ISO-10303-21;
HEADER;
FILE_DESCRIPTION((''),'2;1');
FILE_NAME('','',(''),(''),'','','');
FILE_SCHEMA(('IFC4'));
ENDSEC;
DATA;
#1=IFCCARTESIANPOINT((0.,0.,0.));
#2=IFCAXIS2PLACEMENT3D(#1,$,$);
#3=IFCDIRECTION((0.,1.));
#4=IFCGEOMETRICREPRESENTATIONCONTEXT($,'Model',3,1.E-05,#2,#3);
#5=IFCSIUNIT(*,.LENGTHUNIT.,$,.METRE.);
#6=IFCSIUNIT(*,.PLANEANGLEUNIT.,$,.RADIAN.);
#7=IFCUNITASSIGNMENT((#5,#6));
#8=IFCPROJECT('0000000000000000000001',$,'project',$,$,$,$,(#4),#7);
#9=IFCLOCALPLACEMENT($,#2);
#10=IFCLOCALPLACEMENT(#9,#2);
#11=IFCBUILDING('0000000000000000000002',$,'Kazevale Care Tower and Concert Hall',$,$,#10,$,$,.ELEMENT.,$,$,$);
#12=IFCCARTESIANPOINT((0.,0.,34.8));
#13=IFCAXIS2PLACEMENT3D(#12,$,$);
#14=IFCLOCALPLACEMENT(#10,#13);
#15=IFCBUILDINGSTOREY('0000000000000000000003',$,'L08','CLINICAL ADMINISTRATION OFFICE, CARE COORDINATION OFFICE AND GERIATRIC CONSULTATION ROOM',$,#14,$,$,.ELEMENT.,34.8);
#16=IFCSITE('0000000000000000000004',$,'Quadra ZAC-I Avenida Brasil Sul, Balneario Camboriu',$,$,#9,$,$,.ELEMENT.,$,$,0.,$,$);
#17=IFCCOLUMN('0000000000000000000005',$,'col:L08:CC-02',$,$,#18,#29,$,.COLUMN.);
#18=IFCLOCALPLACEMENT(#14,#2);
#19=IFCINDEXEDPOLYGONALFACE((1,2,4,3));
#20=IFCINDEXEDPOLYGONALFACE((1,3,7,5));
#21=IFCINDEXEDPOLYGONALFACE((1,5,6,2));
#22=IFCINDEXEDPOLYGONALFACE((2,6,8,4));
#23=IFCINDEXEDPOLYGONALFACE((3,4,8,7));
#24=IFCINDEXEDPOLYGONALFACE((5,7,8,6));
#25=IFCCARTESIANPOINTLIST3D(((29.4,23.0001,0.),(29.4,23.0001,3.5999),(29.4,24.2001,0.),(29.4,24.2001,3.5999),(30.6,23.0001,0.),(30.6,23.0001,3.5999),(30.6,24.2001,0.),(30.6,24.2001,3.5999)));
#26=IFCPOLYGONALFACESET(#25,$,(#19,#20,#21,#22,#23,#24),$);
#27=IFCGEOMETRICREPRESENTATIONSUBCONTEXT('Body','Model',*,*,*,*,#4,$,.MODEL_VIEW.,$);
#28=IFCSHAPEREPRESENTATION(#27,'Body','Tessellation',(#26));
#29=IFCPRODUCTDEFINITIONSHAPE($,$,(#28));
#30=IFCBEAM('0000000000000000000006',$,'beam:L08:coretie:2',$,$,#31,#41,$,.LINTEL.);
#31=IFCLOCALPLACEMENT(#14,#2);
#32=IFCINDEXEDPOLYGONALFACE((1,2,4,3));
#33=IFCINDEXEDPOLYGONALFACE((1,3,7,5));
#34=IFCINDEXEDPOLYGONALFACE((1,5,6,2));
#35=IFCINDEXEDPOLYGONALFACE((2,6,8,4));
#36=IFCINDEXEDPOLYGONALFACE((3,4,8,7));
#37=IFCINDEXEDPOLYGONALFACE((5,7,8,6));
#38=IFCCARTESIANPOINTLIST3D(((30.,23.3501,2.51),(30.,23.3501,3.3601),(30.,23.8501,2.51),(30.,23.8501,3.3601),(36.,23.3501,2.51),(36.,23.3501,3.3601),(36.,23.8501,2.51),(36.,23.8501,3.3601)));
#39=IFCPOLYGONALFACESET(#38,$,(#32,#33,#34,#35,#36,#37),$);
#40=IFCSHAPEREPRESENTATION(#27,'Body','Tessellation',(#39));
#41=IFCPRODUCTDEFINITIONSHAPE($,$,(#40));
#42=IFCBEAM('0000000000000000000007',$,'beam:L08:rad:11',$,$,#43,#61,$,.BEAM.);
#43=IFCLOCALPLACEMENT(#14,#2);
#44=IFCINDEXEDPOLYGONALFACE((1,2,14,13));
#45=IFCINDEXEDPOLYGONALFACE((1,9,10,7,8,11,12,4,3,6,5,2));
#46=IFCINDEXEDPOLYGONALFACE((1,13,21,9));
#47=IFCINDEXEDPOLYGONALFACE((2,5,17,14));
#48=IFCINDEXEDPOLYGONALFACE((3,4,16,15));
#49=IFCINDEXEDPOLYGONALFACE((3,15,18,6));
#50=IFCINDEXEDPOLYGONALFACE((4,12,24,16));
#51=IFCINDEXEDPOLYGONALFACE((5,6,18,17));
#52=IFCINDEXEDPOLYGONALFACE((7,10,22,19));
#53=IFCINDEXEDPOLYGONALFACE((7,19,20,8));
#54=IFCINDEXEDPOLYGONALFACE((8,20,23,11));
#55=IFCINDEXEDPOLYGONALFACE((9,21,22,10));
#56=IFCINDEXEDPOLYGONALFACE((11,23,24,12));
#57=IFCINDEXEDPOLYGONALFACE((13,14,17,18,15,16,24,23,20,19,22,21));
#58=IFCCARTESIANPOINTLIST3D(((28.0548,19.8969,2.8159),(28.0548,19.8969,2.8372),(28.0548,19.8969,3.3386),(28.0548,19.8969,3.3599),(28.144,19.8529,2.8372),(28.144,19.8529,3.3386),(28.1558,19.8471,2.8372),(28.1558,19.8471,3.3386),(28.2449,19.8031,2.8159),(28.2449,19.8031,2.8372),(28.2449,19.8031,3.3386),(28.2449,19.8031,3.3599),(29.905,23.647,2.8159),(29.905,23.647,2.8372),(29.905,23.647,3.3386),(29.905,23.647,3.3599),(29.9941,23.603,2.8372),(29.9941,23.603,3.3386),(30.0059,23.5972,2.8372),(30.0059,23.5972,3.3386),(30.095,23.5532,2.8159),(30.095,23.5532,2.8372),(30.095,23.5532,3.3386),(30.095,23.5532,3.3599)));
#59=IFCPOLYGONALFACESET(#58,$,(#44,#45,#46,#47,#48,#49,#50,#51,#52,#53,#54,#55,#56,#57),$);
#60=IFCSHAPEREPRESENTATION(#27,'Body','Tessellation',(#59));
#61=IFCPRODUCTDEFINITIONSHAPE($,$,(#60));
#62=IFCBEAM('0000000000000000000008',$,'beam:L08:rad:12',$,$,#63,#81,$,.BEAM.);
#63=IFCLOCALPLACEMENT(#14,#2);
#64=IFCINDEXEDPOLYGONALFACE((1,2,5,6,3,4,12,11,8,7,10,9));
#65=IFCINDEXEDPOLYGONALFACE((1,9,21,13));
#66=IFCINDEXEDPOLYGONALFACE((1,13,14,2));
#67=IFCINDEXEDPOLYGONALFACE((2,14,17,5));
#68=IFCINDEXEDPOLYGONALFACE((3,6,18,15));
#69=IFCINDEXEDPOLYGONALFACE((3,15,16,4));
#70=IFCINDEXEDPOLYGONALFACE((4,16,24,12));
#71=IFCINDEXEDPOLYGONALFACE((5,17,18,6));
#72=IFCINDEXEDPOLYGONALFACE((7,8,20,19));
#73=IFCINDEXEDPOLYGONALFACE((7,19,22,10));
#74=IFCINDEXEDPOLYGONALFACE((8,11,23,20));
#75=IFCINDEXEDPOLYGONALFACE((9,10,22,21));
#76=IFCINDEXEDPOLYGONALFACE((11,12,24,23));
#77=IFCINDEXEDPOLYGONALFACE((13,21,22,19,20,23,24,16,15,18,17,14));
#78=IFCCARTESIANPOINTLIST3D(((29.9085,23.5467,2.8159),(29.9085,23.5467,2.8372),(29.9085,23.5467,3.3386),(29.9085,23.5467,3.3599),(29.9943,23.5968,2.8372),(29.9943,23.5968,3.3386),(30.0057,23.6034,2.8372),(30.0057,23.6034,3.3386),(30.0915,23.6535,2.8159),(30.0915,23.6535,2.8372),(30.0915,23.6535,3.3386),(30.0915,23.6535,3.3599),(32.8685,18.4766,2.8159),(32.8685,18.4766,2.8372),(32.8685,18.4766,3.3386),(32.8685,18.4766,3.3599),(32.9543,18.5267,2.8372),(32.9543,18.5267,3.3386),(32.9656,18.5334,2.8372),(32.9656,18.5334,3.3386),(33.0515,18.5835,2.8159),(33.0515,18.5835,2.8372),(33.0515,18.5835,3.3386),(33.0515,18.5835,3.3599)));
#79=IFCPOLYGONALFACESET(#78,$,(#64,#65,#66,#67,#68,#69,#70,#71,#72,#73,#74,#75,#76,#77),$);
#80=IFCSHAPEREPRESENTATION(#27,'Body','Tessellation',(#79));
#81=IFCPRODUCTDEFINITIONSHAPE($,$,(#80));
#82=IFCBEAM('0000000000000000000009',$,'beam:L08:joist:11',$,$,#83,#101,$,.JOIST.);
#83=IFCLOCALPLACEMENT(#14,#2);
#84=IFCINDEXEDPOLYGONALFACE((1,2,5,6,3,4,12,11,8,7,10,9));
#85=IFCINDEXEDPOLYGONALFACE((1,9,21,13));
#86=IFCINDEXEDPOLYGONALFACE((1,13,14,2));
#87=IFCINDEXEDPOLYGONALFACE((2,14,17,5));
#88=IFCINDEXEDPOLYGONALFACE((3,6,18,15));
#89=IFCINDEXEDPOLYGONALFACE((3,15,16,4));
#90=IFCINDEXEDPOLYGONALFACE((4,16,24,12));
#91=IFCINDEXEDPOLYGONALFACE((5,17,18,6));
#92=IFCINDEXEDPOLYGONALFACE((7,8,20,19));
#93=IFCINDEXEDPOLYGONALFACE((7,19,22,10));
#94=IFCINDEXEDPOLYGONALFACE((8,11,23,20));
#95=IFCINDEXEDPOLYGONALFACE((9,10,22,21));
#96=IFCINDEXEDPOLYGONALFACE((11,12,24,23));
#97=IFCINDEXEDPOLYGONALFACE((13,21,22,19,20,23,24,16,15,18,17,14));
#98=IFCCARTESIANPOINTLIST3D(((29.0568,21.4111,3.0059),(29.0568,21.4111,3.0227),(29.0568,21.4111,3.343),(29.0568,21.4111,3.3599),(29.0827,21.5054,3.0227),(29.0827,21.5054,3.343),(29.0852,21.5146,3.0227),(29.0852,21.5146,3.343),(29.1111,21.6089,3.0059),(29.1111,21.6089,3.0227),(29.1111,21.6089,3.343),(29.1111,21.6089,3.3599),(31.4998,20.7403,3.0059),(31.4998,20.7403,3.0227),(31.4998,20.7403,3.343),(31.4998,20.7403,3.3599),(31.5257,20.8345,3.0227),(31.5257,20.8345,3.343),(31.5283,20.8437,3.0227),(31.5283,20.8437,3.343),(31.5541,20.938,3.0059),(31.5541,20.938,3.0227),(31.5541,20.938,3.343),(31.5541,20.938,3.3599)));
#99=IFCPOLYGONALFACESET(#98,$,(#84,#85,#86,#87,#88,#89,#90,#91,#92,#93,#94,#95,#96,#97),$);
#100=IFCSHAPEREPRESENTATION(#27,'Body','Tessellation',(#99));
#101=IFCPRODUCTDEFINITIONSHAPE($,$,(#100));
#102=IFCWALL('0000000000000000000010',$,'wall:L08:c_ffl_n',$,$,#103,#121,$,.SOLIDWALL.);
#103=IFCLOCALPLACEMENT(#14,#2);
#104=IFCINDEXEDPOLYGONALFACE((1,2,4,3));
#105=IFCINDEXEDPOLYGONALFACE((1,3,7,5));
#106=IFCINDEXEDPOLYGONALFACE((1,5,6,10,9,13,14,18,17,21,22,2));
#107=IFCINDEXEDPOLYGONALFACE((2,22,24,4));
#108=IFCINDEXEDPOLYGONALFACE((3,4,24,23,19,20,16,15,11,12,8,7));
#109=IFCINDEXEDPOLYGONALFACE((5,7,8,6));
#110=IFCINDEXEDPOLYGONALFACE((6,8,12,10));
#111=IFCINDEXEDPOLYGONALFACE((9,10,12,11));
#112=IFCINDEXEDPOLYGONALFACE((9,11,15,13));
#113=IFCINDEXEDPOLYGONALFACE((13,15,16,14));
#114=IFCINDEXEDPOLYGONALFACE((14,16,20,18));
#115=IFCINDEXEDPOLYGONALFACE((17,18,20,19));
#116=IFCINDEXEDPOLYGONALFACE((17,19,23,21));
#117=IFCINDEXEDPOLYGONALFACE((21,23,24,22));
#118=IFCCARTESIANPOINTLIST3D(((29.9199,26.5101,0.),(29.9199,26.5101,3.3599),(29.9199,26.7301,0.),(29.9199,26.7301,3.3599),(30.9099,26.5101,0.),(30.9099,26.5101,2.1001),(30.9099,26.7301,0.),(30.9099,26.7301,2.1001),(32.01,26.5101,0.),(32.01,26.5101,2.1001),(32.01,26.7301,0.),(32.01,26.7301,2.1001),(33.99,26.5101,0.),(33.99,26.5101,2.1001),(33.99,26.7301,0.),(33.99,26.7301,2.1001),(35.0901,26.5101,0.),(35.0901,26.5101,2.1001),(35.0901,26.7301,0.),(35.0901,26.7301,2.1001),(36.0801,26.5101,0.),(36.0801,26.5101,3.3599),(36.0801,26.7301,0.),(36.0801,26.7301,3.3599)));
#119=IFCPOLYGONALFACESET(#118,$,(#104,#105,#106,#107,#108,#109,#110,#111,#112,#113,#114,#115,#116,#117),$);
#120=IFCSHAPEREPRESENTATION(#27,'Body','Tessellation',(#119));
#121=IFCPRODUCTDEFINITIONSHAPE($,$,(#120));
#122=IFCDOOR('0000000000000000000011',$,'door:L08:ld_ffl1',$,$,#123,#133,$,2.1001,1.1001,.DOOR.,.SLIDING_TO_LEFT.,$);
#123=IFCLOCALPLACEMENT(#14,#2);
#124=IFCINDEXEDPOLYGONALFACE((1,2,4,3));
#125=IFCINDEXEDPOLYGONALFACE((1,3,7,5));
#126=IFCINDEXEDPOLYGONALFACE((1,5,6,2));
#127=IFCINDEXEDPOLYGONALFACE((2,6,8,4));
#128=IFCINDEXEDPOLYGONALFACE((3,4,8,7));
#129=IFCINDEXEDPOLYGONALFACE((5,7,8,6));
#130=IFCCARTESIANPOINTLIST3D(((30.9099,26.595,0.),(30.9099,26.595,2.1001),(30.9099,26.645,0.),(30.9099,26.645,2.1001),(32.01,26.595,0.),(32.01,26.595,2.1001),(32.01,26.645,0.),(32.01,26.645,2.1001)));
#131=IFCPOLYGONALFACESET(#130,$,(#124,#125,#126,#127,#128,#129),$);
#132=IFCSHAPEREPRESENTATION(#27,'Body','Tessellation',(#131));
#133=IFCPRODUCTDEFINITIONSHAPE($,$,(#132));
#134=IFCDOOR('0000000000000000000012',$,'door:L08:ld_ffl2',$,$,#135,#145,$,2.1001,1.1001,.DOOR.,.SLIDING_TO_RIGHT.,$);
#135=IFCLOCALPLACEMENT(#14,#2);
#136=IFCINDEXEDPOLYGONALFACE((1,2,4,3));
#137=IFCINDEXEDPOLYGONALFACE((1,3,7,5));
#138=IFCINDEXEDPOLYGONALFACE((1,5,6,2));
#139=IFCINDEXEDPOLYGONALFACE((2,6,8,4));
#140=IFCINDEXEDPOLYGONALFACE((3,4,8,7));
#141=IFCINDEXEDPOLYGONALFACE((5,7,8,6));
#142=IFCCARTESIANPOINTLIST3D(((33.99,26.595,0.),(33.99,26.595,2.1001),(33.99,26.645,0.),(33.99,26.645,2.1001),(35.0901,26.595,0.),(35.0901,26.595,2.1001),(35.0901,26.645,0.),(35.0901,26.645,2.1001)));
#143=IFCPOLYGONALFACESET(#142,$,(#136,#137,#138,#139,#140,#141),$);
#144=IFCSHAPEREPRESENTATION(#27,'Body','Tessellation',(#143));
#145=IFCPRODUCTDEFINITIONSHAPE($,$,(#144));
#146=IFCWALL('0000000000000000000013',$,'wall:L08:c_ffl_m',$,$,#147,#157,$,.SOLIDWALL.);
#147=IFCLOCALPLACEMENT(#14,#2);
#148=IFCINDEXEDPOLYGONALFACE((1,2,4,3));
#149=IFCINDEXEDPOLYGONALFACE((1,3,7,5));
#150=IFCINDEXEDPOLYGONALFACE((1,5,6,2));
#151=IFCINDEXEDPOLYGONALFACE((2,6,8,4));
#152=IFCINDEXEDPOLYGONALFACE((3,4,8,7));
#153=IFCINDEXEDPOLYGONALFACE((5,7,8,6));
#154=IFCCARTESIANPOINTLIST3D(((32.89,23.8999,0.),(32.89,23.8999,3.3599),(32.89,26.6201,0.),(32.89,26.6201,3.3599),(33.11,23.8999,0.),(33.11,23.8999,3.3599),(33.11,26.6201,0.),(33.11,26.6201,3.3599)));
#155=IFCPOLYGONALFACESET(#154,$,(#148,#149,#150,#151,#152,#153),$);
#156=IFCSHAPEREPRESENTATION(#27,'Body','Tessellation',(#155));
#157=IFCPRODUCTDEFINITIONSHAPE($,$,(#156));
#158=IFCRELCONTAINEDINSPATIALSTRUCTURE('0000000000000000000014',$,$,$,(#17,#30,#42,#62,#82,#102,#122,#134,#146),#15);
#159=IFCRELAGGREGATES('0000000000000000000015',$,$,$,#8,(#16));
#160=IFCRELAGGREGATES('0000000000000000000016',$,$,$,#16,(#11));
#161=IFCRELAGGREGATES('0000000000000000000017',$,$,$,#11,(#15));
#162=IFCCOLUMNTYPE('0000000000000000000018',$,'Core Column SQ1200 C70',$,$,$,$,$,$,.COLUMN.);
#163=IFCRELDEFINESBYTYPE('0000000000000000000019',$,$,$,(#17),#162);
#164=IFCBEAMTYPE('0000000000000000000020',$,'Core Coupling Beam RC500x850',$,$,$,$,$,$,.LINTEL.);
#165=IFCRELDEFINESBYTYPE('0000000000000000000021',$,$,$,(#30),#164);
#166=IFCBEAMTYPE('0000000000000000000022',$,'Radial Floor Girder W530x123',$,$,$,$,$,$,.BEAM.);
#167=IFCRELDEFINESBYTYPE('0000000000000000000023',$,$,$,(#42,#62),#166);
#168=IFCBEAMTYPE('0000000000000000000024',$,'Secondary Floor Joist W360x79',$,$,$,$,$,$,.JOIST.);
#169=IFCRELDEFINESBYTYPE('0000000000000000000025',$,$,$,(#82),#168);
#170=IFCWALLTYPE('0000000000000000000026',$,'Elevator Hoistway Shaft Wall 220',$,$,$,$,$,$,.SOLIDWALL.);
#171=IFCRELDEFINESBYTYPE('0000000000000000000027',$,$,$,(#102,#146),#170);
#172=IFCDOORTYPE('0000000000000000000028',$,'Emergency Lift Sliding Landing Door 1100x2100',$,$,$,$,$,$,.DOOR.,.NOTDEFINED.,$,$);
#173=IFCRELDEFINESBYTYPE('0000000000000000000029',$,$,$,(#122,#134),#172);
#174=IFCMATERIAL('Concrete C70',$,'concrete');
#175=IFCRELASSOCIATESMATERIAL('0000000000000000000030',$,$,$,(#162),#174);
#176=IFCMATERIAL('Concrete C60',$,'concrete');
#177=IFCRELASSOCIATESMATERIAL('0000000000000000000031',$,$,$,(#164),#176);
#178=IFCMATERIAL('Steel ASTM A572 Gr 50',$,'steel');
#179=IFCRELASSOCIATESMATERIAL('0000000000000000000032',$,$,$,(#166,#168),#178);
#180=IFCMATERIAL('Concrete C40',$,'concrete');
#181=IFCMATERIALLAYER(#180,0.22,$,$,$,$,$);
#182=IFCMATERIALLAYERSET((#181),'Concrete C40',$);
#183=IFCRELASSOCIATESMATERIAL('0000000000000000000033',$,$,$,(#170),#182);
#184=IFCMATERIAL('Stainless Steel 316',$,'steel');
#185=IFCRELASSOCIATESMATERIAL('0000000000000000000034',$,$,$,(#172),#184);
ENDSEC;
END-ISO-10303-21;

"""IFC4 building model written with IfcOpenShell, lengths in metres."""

from ifc_helpers import new_model, si_unit, direction, frame, frame_2d, origin, origin_2d, place, context, subcontext, project, spatial, rectangle, i_section, extrude, material, layer, layer_set, material_profile, profile_set, type_object, element, fill, save


model = new_model("IFC4")

# Units and contexts
model_context = context("Model", 3, precision=1e-05, world=origin(), true_north=direction((0.0, 1.0)))
body_context = subcontext(model_context, "Body", "Model", "MODEL_VIEW")
ifc_project = project(units=[si_unit("LENGTHUNIT", "METRE"), si_unit("PLANEANGLEUNIT", "RADIAN")], contexts=[model_context])

# Site, building, storey
site_placement = place(None, origin())
site = spatial("IfcSite", under=ifc_project, at=site_placement, Name="Quadra ZAC-I Avenida Brasil Sul, Balneario Camboriu", CompositionType="ELEMENT", RefElevation=0.0)
building_placement = place(site_placement, origin())
building = spatial("IfcBuilding", under=site, at=building_placement, Name="Kazevale Care Tower and Concert Hall", CompositionType="ELEMENT")
storey_placement = place(building_placement, frame((0.0, 0.0, 34.8)))
storey = spatial("IfcBuildingStorey", under=building, at=storey_placement, Name="L08", Description="CLINICAL ADMINISTRATION OFFICE, CARE COORDINATION OFFICE AND GERIATRIC CONSULTATION ROOM", CompositionType="ELEMENT", Elevation=34.8)

# Column
ifc_material_1 = material(Name="Concrete C70", Category="concrete")
ifc_material_profile_1 = material_profile(ifc_material_1, rectangle(XDim=1.2, YDim=1.2, at=origin_2d()), Name="RC-SQ1200")
ifc_profile_set_1 = profile_set([ifc_material_profile_1], Name="Concrete C70")
column_type = type_object("IfcColumnType", Name="Core Column SQ1200 C70", PredefinedType="COLUMN", material=ifc_profile_set_1)
column_placement = place(storey_placement, frame((30.0, 23.6001, 0.0), z_axis=(0.0, 0.0, 1.0), x_axis=(1.0, 0.0, 0.0)))
element("IfcColumn", 1, at=column_placement, inside=storey, type_object=column_type, Name="col:L08:CC-02", PredefinedType="COLUMN", context=body_context, shape_type="SweptSolid", body=[
    extrude(rectangle(XDim=1.2, YDim=1.2, at=origin_2d()), origin(), (0.0, 0.0, 1.0), 3.5999),
])

# Beams
ifc_material_2 = material(Name="Concrete C60", Category="concrete")
ifc_material_profile_2 = material_profile(ifc_material_2, rectangle(XDim=0.5, YDim=0.8501, at=origin_2d()), Name="RC-B500x850")
ifc_profile_set_2 = profile_set([ifc_material_profile_2], Name="Concrete C60")
beam_type_1 = type_object("IfcBeamType", Name="Core Coupling Beam RC500x850", PredefinedType="LINTEL", material=ifc_profile_set_2)
beam_1_placement = place(storey_placement, frame((30.0, 23.6001, 2.9351), z_axis=(1.0, 0.0, 0.0), x_axis=(0.0, 1.0, 0.0)))
element("IfcBeam", 2, at=beam_1_placement, inside=storey, type_object=beam_type_1, Name="beam:L08:coretie:2", PredefinedType="LINTEL", context=body_context, shape_type="SweptSolid", body=[
    extrude(rectangle(XDim=0.5, YDim=0.8501, at=origin_2d()), origin(), (0.0, 0.0, 1.0), 6.0),
])
ifc_material_3 = material(Name="Steel ASTM A572 Gr 50", Category="steel")
ifc_material_profile_3 = material_profile(ifc_material_3, i_section(OverallWidth=0.2119, OverallDepth=0.5439, WebThickness=0.0132, FlangeThickness=0.0212, at=origin_2d()), Name="W530x123")
ifc_profile_set_3 = profile_set([ifc_material_profile_3], Name="Steel ASTM A572 Gr 50")
beam_type_2 = type_object("IfcBeamType", Name="Radial Floor Girder W530x123", PredefinedType="BEAM", material=ifc_profile_set_3)
beam_2_placement = place(storey_placement, frame((30.0, 23.6001, 3.0879), z_axis=(-0.442443, -0.896797, 0.0), x_axis=(0.896797, -0.442443, 0.0)))
element("IfcBeam", 3, at=beam_2_placement, inside=storey, type_object=beam_type_2, Name="beam:L08:rad:11", PredefinedType="BEAM", context=body_context, shape_type="SweptSolid", body=[
    extrude(i_section(OverallWidth=0.2119, OverallDepth=0.5439, WebThickness=0.0132, FlangeThickness=0.0212, at=origin_2d()), origin(), (0.0, 0.0, 1.0), 4.1816),
])
beam_3_placement = place(storey_placement, frame((30.0, 23.6001, 3.0879), z_axis=(0.504179, -0.863599, 0.0), x_axis=(0.863599, 0.504179, 0.0)))
element("IfcBeam", 4, at=beam_3_placement, inside=storey, type_object=beam_type_2, Name="beam:L08:rad:12", PredefinedType="BEAM", context=body_context, shape_type="SweptSolid", body=[
    extrude(i_section(OverallWidth=0.2119, OverallDepth=0.5439, WebThickness=0.0132, FlangeThickness=0.0212, at=origin_2d()), origin(), (0.0, 0.0, 1.0), 5.8708),
])
ifc_material_profile_4 = material_profile(ifc_material_3, i_section(OverallWidth=0.2051, OverallDepth=0.354, WebThickness=0.0095, FlangeThickness=0.0168, at=origin_2d()), Name="W360x79")
ifc_profile_set_4 = profile_set([ifc_material_profile_4], Name="Steel ASTM A572 Gr 50")
beam_type_3 = type_object("IfcBeamType", Name="Secondary Floor Joist W360x79", PredefinedType="JOIST", material=ifc_profile_set_4)
beam_4_placement = place(storey_placement, frame((29.084, 21.51, 3.1829), z_axis=(0.964302, -0.264805, 0.0), x_axis=(0.264805, 0.964302, 0.0)))
element("IfcBeam", 5, at=beam_4_placement, inside=storey, type_object=beam_type_3, Name="beam:L08:joist:11", PredefinedType="JOIST", context=body_context, shape_type="SweptSolid", body=[
    extrude(i_section(OverallWidth=0.2051, OverallDepth=0.354, WebThickness=0.0095, FlangeThickness=0.0168, at=origin_2d()), origin(), (0.0, 0.0, 1.0), 2.5334),
])

# Wall, openings, doors
ifc_material_4 = material(Name="Concrete C40", Category="concrete")
ifc_layer_1 = layer(ifc_material_4, 0.22)
ifc_layer_set_1 = layer_set([ifc_layer_1], Name="Concrete C40")
wall_type_1 = type_object("IfcWallType", Name="Elevator Hoistway Shaft Wall 220", PredefinedType="SOLIDWALL", material=ifc_layer_set_1)
wall_1_placement = place(storey_placement, frame((29.9199, 26.6201, 0.0), z_axis=(0.0, 0.0, 1.0), x_axis=(1.0, 0.0, 0.0)))
wall_1 = element("IfcWall", 6, at=wall_1_placement, inside=storey, type_object=wall_type_1, Name="wall:L08:c_ffl_n", PredefinedType="SOLIDWALL", context=body_context, shape_type="SweptSolid", body=[
    extrude(rectangle(XDim=6.1602, YDim=0.22, at=frame_2d((3.0801, 0.0))), origin(), (0.0, 0.0, 1.0), 3.3599),
])
opening_1_placement = place(wall_1_placement, frame((0.99, 0.0, 0.0)))
opening_1 = element("IfcOpeningElement", 7, at=opening_1_placement, cuts=wall_1, PredefinedType="OPENING", context=body_context, shape_type="SweptSolid", body=[
    extrude(rectangle(XDim=1.1001, YDim=2.1001, at=frame_2d((0.55, 1.05))), frame((0.0, 0.1199, 0.0), z_axis=(0.0, -1.0, 0.0), x_axis=(1.0, 0.0, 0.0)), (0.0, 0.0, 1.0), 0.24),
])
opening_2_placement = place(wall_1_placement, frame((4.0701, 0.0, 0.0)))
opening_2 = element("IfcOpeningElement", 8, at=opening_2_placement, cuts=wall_1, PredefinedType="OPENING", context=body_context, shape_type="SweptSolid", body=[
    extrude(rectangle(XDim=1.1001, YDim=2.1001, at=frame_2d((0.55, 1.05))), frame((0.0, 0.1199, 0.0), z_axis=(0.0, -1.0, 0.0), x_axis=(1.0, 0.0, 0.0)), (0.0, 0.0, 1.0), 0.24),
])
ifc_material_5 = material(Name="Stainless Steel 316", Category="steel")
door_type_1 = type_object("IfcDoorType", Name="Emergency Lift Sliding Landing Door 1100x2100", OperationType="NOTDEFINED", PredefinedType="DOOR", material=ifc_material_5)
door_1_placement = place(opening_1_placement, origin())
door_1 = element("IfcDoor", 9, at=door_1_placement, inside=storey, type_object=door_type_1, Name="door:L08:ld_ffl1", OperationType="SLIDING_TO_LEFT", OverallHeight=2.1001, OverallWidth=1.1001, PredefinedType="DOOR", context=body_context, shape_type="SweptSolid", body=[
    extrude(rectangle(XDim=1.1001, YDim=2.1001, at=frame_2d((0.55, 1.05))), frame((0.0, 0.0249, 0.0), z_axis=(0.0, -1.0, 0.0), x_axis=(1.0, 0.0, 0.0)), (0.0, 0.0, 1.0), 0.05),
])
fill(opening_1, door_1)
door_2_placement = place(opening_2_placement, origin())
door_2 = element("IfcDoor", 10, at=door_2_placement, inside=storey, type_object=door_type_1, Name="door:L08:ld_ffl2", OperationType="SLIDING_TO_RIGHT", OverallHeight=2.1001, OverallWidth=1.1001, PredefinedType="DOOR", context=body_context, shape_type="SweptSolid", body=[
    extrude(rectangle(XDim=1.1001, YDim=2.1001, at=frame_2d((0.55, 1.05))), frame((0.0, 0.0249, 0.0), z_axis=(0.0, -1.0, 0.0), x_axis=(1.0, 0.0, 0.0)), (0.0, 0.0, 1.0), 0.05),
])
fill(opening_2, door_2)

# Wall
wall_2_placement = place(storey_placement, frame((33.0, 23.8999, 0.0), z_axis=(0.0, 0.0, 1.0), x_axis=(0.0, 1.0, 0.0)))
element("IfcWall", 11, at=wall_2_placement, inside=storey, type_object=wall_type_1, Name="wall:L08:c_ffl_m", PredefinedType="SOLIDWALL", context=body_context, shape_type="SweptSolid", body=[
    extrude(rectangle(XDim=2.7202, YDim=0.22, at=frame_2d((1.3601, 0.0))), origin(), (0.0, 0.0, 1.0), 3.3599),
])

save(model, "model.ifc")
